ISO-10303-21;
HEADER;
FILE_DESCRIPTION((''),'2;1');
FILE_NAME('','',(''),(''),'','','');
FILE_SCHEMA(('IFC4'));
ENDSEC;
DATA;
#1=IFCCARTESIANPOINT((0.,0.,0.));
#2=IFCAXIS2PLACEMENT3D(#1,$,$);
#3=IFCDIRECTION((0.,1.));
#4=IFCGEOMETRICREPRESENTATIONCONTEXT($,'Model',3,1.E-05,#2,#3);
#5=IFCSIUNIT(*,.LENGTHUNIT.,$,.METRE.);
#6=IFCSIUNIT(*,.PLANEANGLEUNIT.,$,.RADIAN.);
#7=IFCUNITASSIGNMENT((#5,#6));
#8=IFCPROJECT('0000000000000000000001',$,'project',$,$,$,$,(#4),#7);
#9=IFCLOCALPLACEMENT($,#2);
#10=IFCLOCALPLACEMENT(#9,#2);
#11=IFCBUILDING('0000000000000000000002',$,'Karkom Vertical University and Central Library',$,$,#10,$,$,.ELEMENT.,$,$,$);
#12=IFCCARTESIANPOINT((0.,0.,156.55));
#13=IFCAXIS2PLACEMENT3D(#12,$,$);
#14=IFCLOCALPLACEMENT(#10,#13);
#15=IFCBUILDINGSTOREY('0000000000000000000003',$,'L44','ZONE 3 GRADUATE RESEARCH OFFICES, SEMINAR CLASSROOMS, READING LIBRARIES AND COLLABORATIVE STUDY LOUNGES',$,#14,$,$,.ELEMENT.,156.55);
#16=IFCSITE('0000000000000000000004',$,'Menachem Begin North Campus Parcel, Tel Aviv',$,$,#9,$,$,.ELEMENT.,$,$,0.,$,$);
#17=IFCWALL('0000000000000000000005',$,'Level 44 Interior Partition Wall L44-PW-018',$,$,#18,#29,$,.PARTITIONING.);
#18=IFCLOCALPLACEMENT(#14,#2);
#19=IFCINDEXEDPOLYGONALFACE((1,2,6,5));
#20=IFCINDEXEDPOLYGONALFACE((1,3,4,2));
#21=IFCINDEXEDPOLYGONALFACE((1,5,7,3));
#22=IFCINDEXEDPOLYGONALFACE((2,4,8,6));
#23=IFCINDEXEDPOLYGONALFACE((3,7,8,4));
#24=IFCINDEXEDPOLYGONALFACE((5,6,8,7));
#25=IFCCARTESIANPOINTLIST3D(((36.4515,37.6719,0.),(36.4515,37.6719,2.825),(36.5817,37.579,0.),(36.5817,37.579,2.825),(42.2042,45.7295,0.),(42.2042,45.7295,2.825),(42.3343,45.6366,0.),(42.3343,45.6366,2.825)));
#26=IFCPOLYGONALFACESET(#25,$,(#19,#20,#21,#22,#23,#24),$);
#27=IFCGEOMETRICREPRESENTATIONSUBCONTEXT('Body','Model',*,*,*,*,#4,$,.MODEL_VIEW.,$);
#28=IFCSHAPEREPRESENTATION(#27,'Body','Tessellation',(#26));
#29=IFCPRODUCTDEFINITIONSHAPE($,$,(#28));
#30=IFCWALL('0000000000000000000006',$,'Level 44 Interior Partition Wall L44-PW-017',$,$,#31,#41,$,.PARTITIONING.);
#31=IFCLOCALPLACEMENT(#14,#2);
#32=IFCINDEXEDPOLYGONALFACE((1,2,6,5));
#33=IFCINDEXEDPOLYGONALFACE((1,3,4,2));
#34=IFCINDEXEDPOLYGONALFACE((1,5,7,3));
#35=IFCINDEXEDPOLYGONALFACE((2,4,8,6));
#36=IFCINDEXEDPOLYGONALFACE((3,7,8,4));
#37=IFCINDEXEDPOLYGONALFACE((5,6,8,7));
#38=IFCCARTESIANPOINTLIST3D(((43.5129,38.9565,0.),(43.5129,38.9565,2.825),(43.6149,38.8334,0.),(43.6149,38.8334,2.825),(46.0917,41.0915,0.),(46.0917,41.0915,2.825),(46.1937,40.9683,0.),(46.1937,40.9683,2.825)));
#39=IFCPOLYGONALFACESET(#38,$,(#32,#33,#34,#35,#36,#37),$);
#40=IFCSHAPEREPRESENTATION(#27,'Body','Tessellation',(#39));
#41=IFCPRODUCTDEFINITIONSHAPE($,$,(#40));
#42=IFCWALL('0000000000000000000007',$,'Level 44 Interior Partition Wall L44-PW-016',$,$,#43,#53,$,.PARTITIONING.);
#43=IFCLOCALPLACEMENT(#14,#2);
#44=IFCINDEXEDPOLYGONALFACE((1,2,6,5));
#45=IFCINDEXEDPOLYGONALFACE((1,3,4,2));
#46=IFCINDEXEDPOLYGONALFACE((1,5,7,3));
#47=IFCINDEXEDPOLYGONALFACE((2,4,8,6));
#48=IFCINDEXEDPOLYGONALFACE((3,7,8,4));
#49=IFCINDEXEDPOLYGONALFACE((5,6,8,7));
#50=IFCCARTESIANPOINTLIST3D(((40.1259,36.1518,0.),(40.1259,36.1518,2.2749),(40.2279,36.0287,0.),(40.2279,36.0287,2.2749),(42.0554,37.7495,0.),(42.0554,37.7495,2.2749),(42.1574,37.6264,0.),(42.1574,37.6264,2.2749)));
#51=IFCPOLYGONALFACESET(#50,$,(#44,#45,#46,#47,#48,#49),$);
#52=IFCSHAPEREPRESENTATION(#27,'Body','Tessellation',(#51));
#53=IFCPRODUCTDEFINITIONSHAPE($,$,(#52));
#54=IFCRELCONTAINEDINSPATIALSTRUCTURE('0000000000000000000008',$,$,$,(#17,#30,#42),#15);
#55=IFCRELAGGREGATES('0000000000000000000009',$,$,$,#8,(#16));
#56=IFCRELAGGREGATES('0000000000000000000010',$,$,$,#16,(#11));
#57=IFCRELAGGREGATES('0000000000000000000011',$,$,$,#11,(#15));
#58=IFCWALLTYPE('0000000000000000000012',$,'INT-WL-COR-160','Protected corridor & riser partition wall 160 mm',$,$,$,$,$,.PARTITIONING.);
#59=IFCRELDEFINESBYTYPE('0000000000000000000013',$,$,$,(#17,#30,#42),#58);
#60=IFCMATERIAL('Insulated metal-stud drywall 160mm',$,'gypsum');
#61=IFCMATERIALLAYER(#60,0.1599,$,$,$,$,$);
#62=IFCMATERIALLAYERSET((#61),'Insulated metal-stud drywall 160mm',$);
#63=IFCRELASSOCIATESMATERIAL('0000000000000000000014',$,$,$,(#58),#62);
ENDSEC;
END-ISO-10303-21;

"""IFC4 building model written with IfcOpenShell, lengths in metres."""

from ifc_helpers import new_model, si_unit, direction, frame, frame_2d, origin, place, context, subcontext, project, spatial, rectangle, extrude, material, layer, layer_set, type_object, element, save


model = new_model("IFC4")

# Units and contexts
model_context = context("Model", 3, precision=1e-05, world=origin(), true_north=direction((0.0, 1.0)))
body_context = subcontext(model_context, "Body", "Model", "MODEL_VIEW")
ifc_project = project(units=[si_unit("LENGTHUNIT", "METRE"), si_unit("PLANEANGLEUNIT", "RADIAN")], contexts=[model_context])

# Site, building, storey
site_placement = place(None, origin())
site = spatial("IfcSite", under=ifc_project, at=site_placement, Name="Menachem Begin North Campus Parcel, Tel Aviv", CompositionType="ELEMENT", RefElevation=0.0)
building_placement = place(site_placement, origin())
building = spatial("IfcBuilding", under=site, at=building_placement, Name="Karkom Vertical University and Central Library", CompositionType="ELEMENT")
storey_placement = place(building_placement, frame((0.0, 0.0, 156.55)))
storey = spatial("IfcBuildingStorey", under=building, at=storey_placement, Name="L44", Description="ZONE 3 GRADUATE RESEARCH OFFICES, SEMINAR CLASSROOMS, READING LIBRARIES AND COLLABORATIVE STUDY LOUNGES", CompositionType="ELEMENT", Elevation=156.55)

# Shared definitions
ifc_material_1 = material(Name="Insulated metal-stud drywall 160mm", Category="gypsum")
ifc_layer_1 = layer(ifc_material_1, 0.1599)
ifc_layer_set_1 = layer_set([ifc_layer_1], Name="Insulated metal-stud drywall 160mm")
wall_type_1 = type_object("IfcWallType", Name="INT-WL-COR-160", Description="Protected corridor & riser partition wall 160 mm", PredefinedType="PARTITIONING", material=ifc_layer_set_1)

# Walls
wall_1_placement = place(storey_placement, frame((36.5166, 37.6255, 0.0), z_axis=(0.0, 0.0, 1.0), x_axis=(0.581054, 0.813865, 0.0)))
element("IfcWall", 1, at=wall_1_placement, inside=storey, type_object=wall_type_1, Name="Level 44 Interior Partition Wall L44-PW-018", PredefinedType="PARTITIONING", context=body_context, shape_type="SweptSolid", body=[
    extrude(rectangle(XDim=9.9004, YDim=0.1599, at=frame_2d((4.9502, 0.0))), origin(), (0.0, 0.0, 1.0), 2.825),
])
wall_2_placement = place(storey_placement, frame((43.564, 38.895, 0.0), z_axis=(0.0, 0.0, 1.0), x_axis=(0.770279, 0.637706, 0.0)))
element("IfcWall", 2, at=wall_2_placement, inside=storey, type_object=wall_type_1, Name="Level 44 Interior Partition Wall L44-PW-017", PredefinedType="PARTITIONING", context=body_context, shape_type="SweptSolid", body=[
    extrude(rectangle(XDim=3.3479, YDim=0.1599, at=frame_2d((1.6738, 0.0))), origin(), (0.0, 0.0, 1.0), 2.825),
])
wall_3_placement = place(storey_placement, frame((40.177, 36.0903, 0.0), z_axis=(0.0, 0.0, 1.0), x_axis=(0.770223, 0.637775, 0.0)))
element("IfcWall", 3, at=wall_3_placement, inside=storey, type_object=wall_type_1, Name="Level 44 Interior Partition Wall L44-PW-016", PredefinedType="PARTITIONING", context=body_context, shape_type="SweptSolid", body=[
    extrude(rectangle(XDim=2.5051, YDim=0.1599, at=frame_2d((1.2524, 0.0))), origin(), (0.0, 0.0, 1.0), 2.2749),
])

save(model, "model.ifc")
